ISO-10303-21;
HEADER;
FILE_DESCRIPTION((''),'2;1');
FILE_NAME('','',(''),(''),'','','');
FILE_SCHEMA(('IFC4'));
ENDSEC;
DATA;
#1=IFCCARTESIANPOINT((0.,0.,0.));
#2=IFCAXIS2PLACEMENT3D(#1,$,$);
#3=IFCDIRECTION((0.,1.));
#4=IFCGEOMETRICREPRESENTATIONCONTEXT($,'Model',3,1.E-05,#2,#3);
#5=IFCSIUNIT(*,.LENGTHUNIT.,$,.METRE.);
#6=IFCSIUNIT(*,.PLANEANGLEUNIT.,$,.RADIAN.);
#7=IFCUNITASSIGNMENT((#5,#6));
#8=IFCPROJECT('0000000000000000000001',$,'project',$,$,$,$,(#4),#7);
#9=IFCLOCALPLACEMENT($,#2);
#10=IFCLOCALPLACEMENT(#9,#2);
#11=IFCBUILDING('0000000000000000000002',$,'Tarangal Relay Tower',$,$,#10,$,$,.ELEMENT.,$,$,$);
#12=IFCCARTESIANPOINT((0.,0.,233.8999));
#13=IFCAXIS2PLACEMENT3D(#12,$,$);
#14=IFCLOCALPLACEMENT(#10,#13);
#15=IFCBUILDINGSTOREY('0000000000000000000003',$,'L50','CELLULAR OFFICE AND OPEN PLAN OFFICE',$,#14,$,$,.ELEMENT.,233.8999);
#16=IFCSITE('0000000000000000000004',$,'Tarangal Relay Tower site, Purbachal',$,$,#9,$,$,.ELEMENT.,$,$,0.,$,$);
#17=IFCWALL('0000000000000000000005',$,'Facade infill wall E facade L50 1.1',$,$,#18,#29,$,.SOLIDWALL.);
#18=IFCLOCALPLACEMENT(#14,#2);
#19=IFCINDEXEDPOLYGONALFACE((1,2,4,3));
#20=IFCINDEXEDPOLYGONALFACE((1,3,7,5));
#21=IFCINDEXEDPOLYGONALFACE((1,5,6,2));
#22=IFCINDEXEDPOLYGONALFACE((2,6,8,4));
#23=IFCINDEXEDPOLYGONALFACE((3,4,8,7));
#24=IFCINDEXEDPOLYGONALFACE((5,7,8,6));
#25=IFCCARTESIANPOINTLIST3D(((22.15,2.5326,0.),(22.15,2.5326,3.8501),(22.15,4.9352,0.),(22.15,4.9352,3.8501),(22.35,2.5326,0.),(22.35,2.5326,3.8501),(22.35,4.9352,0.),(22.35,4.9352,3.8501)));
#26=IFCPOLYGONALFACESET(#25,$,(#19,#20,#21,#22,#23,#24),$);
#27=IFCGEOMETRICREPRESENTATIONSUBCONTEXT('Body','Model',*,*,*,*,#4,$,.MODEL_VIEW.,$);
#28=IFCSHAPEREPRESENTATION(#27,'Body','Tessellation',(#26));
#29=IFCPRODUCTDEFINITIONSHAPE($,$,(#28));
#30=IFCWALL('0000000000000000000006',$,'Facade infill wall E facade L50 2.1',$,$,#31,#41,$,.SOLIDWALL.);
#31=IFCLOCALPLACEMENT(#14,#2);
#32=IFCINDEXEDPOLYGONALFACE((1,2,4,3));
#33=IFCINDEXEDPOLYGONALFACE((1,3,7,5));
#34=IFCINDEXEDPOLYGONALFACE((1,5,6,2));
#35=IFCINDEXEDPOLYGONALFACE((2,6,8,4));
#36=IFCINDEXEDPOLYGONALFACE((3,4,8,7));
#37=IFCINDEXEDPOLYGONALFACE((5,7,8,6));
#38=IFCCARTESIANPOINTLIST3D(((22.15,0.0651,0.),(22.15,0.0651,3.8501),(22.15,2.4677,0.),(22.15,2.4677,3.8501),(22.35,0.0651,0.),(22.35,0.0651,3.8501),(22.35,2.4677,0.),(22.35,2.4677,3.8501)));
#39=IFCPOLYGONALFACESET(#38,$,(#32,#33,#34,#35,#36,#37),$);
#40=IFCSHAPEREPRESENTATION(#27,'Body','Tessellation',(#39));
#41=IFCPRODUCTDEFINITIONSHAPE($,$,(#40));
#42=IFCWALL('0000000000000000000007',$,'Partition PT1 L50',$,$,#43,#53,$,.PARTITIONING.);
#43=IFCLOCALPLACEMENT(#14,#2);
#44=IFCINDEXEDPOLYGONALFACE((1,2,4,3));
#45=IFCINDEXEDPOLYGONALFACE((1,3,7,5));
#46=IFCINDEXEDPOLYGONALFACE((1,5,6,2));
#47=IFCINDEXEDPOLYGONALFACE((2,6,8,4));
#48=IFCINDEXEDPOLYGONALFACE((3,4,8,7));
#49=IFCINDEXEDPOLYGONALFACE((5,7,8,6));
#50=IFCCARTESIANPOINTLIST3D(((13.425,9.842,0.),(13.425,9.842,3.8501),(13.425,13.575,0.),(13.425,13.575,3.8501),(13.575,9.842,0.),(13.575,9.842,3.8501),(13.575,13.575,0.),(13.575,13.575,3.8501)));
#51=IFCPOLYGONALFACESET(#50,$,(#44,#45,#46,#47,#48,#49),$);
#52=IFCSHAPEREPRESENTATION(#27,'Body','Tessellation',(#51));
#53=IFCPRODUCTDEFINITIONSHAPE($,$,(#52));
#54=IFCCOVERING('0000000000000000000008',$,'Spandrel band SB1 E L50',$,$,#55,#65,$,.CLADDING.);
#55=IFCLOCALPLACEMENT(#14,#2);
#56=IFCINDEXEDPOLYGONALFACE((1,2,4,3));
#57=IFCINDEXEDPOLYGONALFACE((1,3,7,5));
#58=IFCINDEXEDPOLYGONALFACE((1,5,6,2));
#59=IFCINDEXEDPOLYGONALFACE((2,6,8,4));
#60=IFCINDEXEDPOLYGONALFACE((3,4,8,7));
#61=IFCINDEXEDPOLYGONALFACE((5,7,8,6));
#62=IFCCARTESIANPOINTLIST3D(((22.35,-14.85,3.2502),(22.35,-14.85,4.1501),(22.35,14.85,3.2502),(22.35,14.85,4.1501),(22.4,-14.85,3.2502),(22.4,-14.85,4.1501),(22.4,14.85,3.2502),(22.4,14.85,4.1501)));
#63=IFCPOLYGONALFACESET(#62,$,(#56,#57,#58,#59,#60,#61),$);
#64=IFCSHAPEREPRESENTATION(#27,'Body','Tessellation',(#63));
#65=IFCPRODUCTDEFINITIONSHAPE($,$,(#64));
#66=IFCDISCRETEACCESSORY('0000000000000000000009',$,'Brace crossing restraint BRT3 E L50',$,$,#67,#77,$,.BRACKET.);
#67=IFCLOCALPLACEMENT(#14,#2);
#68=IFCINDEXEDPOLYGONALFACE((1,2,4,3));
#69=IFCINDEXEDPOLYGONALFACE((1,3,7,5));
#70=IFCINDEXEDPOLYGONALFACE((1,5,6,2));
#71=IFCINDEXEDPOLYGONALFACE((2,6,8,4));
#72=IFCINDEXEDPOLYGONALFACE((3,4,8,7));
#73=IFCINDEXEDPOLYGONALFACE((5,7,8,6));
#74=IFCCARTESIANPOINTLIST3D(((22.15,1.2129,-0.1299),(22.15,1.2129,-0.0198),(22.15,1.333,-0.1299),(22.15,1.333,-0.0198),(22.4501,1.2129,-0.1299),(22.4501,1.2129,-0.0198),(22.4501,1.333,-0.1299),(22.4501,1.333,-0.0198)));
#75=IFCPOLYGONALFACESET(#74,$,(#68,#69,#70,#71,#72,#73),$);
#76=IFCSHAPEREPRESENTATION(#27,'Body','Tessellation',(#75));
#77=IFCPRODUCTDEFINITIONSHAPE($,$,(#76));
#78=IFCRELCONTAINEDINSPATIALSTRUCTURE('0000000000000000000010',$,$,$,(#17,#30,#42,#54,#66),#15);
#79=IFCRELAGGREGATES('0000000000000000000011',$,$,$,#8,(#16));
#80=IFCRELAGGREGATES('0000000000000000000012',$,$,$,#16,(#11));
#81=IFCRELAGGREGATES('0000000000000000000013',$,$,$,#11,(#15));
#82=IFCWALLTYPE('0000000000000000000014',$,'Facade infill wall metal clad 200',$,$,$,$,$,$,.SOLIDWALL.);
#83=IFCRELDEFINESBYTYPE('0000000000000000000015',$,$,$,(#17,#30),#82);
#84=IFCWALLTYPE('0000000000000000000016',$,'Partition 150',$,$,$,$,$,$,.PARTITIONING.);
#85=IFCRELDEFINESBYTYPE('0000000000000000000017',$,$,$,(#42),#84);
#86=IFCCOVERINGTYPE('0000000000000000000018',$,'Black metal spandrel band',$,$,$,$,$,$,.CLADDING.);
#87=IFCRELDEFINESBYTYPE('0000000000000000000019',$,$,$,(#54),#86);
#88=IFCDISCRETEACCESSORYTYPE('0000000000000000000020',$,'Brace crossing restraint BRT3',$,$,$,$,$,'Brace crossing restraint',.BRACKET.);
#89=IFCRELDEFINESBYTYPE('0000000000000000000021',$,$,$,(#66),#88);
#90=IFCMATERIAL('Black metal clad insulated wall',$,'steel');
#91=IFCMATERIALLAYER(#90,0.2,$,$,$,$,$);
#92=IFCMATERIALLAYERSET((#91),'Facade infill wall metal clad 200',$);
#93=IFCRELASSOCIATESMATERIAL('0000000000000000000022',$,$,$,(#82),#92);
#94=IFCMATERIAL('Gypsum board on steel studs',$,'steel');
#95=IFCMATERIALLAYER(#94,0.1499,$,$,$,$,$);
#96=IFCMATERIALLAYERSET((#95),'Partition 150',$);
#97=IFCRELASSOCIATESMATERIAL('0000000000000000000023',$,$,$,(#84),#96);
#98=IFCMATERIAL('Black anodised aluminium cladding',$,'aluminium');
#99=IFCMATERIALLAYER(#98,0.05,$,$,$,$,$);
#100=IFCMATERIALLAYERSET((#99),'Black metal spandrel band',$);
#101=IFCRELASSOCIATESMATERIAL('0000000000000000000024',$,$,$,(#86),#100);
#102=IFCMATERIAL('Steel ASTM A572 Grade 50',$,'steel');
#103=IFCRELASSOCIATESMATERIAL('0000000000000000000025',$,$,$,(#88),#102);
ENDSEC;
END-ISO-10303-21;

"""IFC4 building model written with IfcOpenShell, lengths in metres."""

from ifc_helpers import new_model, si_unit, direction, frame, frame_2d, origin, origin_2d, place, context, subcontext, project, spatial, rectangle, extrude, material, layer, layer_set, type_object, element, save


model = new_model("IFC4")

# Units and contexts
model_context = context("Model", 3, precision=1e-05, world=origin(), true_north=direction((0.0, 1.0)))
body_context = subcontext(model_context, "Body", "Model", "MODEL_VIEW")
ifc_project = project(units=[si_unit("LENGTHUNIT", "METRE"), si_unit("PLANEANGLEUNIT", "RADIAN")], contexts=[model_context])

# Site, building, storey
site_placement = place(None, origin())
site = spatial("IfcSite", under=ifc_project, at=site_placement, Name="Tarangal Relay Tower site, Purbachal", CompositionType="ELEMENT", RefElevation=0.0)
building_placement = place(site_placement, origin())
building = spatial("IfcBuilding", under=site, at=building_placement, Name="Tarangal Relay Tower", CompositionType="ELEMENT")
storey_placement = place(building_placement, frame((0.0, 0.0, 233.8999)))
storey = spatial("IfcBuildingStorey", under=building, at=storey_placement, Name="L50", Description="CELLULAR OFFICE AND OPEN PLAN OFFICE", CompositionType="ELEMENT", Elevation=233.8999)

# Shared definitions
ifc_material_1 = material(Name="Steel ASTM A572 Grade 50", Category="steel")

# Walls
ifc_material_2 = material(Name="Black metal clad insulated wall", Category="steel")
ifc_layer_1 = layer(ifc_material_2, 0.2)
ifc_layer_set_1 = layer_set([ifc_layer_1], Name="Facade infill wall metal clad 200")
wall_type_1 = type_object("IfcWallType", Name="Facade infill wall metal clad 200", PredefinedType="SOLIDWALL", material=ifc_layer_set_1)
for number, where, z_axis, x_axis, name in (
    (1, (22.25, 4.9351, 0.0), (0.0, 0.0, 1.0), (0.0, -1.0, 0.0), "Facade infill wall E facade L50 1.1"),
    (2, (22.25, 2.4675, 0.0), (0.0, 0.0, 1.0), (0.0, -1.0, 0.0), "Facade infill wall E facade L50 2.1"),
):
    element("IfcWall", number, at=place(storey_placement, frame(where, z_axis=z_axis, x_axis=x_axis)), inside=storey, type_object=wall_type_1, Name=name, PredefinedType="SOLIDWALL", context=body_context, shape_type="SweptSolid", body=[
        extrude(rectangle(XDim=2.4026, YDim=0.2, at=frame_2d((1.2012, 0.0))), origin(), (0.0, 0.0, 1.0), 3.8501),
    ])
ifc_material_3 = material(Name="Gypsum board on steel studs", Category="steel")
ifc_layer_2 = layer(ifc_material_3, 0.1499)
ifc_layer_set_2 = layer_set([ifc_layer_2], Name="Partition 150")
wall_type_2 = type_object("IfcWallType", Name="Partition 150", PredefinedType="PARTITIONING", material=ifc_layer_set_2)
wall_1_placement = place(storey_placement, frame((13.5, 9.842, 0.0), z_axis=(0.0, 0.0, 1.0), x_axis=(0.0, 1.0, 0.0)))
element("IfcWall", 3, at=wall_1_placement, inside=storey, type_object=wall_type_2, Name="Partition PT1 L50", PredefinedType="PARTITIONING", context=body_context, shape_type="SweptSolid", body=[
    extrude(rectangle(XDim=3.7329, YDim=0.1499, at=frame_2d((1.8665, 0.0))), origin(), (0.0, 0.0, 1.0), 3.8501),
])

# Covering
ifc_material_4 = material(Name="Black anodised aluminium cladding", Category="aluminium")
ifc_layer_3 = layer(ifc_material_4, 0.05)
ifc_layer_set_3 = layer_set([ifc_layer_3], Name="Black metal spandrel band")
covering_type = type_object("IfcCoveringType", Name="Black metal spandrel band", PredefinedType="CLADDING", material=ifc_layer_set_3)
covering_placement = place(storey_placement, frame((22.375, 0.0, 3.2502), z_axis=(0.0, 0.0, 1.0), x_axis=(0.0, -1.0, 0.0)))
element("IfcCovering", 4, at=covering_placement, inside=storey, type_object=covering_type, Name="Spandrel band SB1 E L50", PredefinedType="CLADDING", context=body_context, shape_type="SweptSolid", body=[
    extrude(rectangle(XDim=29.7, YDim=0.05, at=origin_2d()), origin(), (0.0, 0.0, 1.0), 0.8999),
])

# Discrete accessory
discrete_accessory_type = type_object("IfcDiscreteAccessoryType", Name="Brace crossing restraint BRT3", ElementType="Brace crossing restraint", PredefinedType="BRACKET", material=ifc_material_1)
discrete_accessory_placement = place(storey_placement, frame((22.3, 1.2729, -0.1299), z_axis=(0.0, 0.0, 1.0), x_axis=(1.0, 0.0, 0.0)))
element("IfcDiscreteAccessory", 5, at=discrete_accessory_placement, inside=storey, type_object=discrete_accessory_type, Name="Brace crossing restraint BRT3 E L50", PredefinedType="BRACKET", context=body_context, shape_type="SweptSolid", body=[
    extrude(rectangle(XDim=0.3, YDim=0.1201, at=origin_2d()), origin(), (0.0, 0.0, 1.0), 0.1101),
])

save(model, "model.ifc")
